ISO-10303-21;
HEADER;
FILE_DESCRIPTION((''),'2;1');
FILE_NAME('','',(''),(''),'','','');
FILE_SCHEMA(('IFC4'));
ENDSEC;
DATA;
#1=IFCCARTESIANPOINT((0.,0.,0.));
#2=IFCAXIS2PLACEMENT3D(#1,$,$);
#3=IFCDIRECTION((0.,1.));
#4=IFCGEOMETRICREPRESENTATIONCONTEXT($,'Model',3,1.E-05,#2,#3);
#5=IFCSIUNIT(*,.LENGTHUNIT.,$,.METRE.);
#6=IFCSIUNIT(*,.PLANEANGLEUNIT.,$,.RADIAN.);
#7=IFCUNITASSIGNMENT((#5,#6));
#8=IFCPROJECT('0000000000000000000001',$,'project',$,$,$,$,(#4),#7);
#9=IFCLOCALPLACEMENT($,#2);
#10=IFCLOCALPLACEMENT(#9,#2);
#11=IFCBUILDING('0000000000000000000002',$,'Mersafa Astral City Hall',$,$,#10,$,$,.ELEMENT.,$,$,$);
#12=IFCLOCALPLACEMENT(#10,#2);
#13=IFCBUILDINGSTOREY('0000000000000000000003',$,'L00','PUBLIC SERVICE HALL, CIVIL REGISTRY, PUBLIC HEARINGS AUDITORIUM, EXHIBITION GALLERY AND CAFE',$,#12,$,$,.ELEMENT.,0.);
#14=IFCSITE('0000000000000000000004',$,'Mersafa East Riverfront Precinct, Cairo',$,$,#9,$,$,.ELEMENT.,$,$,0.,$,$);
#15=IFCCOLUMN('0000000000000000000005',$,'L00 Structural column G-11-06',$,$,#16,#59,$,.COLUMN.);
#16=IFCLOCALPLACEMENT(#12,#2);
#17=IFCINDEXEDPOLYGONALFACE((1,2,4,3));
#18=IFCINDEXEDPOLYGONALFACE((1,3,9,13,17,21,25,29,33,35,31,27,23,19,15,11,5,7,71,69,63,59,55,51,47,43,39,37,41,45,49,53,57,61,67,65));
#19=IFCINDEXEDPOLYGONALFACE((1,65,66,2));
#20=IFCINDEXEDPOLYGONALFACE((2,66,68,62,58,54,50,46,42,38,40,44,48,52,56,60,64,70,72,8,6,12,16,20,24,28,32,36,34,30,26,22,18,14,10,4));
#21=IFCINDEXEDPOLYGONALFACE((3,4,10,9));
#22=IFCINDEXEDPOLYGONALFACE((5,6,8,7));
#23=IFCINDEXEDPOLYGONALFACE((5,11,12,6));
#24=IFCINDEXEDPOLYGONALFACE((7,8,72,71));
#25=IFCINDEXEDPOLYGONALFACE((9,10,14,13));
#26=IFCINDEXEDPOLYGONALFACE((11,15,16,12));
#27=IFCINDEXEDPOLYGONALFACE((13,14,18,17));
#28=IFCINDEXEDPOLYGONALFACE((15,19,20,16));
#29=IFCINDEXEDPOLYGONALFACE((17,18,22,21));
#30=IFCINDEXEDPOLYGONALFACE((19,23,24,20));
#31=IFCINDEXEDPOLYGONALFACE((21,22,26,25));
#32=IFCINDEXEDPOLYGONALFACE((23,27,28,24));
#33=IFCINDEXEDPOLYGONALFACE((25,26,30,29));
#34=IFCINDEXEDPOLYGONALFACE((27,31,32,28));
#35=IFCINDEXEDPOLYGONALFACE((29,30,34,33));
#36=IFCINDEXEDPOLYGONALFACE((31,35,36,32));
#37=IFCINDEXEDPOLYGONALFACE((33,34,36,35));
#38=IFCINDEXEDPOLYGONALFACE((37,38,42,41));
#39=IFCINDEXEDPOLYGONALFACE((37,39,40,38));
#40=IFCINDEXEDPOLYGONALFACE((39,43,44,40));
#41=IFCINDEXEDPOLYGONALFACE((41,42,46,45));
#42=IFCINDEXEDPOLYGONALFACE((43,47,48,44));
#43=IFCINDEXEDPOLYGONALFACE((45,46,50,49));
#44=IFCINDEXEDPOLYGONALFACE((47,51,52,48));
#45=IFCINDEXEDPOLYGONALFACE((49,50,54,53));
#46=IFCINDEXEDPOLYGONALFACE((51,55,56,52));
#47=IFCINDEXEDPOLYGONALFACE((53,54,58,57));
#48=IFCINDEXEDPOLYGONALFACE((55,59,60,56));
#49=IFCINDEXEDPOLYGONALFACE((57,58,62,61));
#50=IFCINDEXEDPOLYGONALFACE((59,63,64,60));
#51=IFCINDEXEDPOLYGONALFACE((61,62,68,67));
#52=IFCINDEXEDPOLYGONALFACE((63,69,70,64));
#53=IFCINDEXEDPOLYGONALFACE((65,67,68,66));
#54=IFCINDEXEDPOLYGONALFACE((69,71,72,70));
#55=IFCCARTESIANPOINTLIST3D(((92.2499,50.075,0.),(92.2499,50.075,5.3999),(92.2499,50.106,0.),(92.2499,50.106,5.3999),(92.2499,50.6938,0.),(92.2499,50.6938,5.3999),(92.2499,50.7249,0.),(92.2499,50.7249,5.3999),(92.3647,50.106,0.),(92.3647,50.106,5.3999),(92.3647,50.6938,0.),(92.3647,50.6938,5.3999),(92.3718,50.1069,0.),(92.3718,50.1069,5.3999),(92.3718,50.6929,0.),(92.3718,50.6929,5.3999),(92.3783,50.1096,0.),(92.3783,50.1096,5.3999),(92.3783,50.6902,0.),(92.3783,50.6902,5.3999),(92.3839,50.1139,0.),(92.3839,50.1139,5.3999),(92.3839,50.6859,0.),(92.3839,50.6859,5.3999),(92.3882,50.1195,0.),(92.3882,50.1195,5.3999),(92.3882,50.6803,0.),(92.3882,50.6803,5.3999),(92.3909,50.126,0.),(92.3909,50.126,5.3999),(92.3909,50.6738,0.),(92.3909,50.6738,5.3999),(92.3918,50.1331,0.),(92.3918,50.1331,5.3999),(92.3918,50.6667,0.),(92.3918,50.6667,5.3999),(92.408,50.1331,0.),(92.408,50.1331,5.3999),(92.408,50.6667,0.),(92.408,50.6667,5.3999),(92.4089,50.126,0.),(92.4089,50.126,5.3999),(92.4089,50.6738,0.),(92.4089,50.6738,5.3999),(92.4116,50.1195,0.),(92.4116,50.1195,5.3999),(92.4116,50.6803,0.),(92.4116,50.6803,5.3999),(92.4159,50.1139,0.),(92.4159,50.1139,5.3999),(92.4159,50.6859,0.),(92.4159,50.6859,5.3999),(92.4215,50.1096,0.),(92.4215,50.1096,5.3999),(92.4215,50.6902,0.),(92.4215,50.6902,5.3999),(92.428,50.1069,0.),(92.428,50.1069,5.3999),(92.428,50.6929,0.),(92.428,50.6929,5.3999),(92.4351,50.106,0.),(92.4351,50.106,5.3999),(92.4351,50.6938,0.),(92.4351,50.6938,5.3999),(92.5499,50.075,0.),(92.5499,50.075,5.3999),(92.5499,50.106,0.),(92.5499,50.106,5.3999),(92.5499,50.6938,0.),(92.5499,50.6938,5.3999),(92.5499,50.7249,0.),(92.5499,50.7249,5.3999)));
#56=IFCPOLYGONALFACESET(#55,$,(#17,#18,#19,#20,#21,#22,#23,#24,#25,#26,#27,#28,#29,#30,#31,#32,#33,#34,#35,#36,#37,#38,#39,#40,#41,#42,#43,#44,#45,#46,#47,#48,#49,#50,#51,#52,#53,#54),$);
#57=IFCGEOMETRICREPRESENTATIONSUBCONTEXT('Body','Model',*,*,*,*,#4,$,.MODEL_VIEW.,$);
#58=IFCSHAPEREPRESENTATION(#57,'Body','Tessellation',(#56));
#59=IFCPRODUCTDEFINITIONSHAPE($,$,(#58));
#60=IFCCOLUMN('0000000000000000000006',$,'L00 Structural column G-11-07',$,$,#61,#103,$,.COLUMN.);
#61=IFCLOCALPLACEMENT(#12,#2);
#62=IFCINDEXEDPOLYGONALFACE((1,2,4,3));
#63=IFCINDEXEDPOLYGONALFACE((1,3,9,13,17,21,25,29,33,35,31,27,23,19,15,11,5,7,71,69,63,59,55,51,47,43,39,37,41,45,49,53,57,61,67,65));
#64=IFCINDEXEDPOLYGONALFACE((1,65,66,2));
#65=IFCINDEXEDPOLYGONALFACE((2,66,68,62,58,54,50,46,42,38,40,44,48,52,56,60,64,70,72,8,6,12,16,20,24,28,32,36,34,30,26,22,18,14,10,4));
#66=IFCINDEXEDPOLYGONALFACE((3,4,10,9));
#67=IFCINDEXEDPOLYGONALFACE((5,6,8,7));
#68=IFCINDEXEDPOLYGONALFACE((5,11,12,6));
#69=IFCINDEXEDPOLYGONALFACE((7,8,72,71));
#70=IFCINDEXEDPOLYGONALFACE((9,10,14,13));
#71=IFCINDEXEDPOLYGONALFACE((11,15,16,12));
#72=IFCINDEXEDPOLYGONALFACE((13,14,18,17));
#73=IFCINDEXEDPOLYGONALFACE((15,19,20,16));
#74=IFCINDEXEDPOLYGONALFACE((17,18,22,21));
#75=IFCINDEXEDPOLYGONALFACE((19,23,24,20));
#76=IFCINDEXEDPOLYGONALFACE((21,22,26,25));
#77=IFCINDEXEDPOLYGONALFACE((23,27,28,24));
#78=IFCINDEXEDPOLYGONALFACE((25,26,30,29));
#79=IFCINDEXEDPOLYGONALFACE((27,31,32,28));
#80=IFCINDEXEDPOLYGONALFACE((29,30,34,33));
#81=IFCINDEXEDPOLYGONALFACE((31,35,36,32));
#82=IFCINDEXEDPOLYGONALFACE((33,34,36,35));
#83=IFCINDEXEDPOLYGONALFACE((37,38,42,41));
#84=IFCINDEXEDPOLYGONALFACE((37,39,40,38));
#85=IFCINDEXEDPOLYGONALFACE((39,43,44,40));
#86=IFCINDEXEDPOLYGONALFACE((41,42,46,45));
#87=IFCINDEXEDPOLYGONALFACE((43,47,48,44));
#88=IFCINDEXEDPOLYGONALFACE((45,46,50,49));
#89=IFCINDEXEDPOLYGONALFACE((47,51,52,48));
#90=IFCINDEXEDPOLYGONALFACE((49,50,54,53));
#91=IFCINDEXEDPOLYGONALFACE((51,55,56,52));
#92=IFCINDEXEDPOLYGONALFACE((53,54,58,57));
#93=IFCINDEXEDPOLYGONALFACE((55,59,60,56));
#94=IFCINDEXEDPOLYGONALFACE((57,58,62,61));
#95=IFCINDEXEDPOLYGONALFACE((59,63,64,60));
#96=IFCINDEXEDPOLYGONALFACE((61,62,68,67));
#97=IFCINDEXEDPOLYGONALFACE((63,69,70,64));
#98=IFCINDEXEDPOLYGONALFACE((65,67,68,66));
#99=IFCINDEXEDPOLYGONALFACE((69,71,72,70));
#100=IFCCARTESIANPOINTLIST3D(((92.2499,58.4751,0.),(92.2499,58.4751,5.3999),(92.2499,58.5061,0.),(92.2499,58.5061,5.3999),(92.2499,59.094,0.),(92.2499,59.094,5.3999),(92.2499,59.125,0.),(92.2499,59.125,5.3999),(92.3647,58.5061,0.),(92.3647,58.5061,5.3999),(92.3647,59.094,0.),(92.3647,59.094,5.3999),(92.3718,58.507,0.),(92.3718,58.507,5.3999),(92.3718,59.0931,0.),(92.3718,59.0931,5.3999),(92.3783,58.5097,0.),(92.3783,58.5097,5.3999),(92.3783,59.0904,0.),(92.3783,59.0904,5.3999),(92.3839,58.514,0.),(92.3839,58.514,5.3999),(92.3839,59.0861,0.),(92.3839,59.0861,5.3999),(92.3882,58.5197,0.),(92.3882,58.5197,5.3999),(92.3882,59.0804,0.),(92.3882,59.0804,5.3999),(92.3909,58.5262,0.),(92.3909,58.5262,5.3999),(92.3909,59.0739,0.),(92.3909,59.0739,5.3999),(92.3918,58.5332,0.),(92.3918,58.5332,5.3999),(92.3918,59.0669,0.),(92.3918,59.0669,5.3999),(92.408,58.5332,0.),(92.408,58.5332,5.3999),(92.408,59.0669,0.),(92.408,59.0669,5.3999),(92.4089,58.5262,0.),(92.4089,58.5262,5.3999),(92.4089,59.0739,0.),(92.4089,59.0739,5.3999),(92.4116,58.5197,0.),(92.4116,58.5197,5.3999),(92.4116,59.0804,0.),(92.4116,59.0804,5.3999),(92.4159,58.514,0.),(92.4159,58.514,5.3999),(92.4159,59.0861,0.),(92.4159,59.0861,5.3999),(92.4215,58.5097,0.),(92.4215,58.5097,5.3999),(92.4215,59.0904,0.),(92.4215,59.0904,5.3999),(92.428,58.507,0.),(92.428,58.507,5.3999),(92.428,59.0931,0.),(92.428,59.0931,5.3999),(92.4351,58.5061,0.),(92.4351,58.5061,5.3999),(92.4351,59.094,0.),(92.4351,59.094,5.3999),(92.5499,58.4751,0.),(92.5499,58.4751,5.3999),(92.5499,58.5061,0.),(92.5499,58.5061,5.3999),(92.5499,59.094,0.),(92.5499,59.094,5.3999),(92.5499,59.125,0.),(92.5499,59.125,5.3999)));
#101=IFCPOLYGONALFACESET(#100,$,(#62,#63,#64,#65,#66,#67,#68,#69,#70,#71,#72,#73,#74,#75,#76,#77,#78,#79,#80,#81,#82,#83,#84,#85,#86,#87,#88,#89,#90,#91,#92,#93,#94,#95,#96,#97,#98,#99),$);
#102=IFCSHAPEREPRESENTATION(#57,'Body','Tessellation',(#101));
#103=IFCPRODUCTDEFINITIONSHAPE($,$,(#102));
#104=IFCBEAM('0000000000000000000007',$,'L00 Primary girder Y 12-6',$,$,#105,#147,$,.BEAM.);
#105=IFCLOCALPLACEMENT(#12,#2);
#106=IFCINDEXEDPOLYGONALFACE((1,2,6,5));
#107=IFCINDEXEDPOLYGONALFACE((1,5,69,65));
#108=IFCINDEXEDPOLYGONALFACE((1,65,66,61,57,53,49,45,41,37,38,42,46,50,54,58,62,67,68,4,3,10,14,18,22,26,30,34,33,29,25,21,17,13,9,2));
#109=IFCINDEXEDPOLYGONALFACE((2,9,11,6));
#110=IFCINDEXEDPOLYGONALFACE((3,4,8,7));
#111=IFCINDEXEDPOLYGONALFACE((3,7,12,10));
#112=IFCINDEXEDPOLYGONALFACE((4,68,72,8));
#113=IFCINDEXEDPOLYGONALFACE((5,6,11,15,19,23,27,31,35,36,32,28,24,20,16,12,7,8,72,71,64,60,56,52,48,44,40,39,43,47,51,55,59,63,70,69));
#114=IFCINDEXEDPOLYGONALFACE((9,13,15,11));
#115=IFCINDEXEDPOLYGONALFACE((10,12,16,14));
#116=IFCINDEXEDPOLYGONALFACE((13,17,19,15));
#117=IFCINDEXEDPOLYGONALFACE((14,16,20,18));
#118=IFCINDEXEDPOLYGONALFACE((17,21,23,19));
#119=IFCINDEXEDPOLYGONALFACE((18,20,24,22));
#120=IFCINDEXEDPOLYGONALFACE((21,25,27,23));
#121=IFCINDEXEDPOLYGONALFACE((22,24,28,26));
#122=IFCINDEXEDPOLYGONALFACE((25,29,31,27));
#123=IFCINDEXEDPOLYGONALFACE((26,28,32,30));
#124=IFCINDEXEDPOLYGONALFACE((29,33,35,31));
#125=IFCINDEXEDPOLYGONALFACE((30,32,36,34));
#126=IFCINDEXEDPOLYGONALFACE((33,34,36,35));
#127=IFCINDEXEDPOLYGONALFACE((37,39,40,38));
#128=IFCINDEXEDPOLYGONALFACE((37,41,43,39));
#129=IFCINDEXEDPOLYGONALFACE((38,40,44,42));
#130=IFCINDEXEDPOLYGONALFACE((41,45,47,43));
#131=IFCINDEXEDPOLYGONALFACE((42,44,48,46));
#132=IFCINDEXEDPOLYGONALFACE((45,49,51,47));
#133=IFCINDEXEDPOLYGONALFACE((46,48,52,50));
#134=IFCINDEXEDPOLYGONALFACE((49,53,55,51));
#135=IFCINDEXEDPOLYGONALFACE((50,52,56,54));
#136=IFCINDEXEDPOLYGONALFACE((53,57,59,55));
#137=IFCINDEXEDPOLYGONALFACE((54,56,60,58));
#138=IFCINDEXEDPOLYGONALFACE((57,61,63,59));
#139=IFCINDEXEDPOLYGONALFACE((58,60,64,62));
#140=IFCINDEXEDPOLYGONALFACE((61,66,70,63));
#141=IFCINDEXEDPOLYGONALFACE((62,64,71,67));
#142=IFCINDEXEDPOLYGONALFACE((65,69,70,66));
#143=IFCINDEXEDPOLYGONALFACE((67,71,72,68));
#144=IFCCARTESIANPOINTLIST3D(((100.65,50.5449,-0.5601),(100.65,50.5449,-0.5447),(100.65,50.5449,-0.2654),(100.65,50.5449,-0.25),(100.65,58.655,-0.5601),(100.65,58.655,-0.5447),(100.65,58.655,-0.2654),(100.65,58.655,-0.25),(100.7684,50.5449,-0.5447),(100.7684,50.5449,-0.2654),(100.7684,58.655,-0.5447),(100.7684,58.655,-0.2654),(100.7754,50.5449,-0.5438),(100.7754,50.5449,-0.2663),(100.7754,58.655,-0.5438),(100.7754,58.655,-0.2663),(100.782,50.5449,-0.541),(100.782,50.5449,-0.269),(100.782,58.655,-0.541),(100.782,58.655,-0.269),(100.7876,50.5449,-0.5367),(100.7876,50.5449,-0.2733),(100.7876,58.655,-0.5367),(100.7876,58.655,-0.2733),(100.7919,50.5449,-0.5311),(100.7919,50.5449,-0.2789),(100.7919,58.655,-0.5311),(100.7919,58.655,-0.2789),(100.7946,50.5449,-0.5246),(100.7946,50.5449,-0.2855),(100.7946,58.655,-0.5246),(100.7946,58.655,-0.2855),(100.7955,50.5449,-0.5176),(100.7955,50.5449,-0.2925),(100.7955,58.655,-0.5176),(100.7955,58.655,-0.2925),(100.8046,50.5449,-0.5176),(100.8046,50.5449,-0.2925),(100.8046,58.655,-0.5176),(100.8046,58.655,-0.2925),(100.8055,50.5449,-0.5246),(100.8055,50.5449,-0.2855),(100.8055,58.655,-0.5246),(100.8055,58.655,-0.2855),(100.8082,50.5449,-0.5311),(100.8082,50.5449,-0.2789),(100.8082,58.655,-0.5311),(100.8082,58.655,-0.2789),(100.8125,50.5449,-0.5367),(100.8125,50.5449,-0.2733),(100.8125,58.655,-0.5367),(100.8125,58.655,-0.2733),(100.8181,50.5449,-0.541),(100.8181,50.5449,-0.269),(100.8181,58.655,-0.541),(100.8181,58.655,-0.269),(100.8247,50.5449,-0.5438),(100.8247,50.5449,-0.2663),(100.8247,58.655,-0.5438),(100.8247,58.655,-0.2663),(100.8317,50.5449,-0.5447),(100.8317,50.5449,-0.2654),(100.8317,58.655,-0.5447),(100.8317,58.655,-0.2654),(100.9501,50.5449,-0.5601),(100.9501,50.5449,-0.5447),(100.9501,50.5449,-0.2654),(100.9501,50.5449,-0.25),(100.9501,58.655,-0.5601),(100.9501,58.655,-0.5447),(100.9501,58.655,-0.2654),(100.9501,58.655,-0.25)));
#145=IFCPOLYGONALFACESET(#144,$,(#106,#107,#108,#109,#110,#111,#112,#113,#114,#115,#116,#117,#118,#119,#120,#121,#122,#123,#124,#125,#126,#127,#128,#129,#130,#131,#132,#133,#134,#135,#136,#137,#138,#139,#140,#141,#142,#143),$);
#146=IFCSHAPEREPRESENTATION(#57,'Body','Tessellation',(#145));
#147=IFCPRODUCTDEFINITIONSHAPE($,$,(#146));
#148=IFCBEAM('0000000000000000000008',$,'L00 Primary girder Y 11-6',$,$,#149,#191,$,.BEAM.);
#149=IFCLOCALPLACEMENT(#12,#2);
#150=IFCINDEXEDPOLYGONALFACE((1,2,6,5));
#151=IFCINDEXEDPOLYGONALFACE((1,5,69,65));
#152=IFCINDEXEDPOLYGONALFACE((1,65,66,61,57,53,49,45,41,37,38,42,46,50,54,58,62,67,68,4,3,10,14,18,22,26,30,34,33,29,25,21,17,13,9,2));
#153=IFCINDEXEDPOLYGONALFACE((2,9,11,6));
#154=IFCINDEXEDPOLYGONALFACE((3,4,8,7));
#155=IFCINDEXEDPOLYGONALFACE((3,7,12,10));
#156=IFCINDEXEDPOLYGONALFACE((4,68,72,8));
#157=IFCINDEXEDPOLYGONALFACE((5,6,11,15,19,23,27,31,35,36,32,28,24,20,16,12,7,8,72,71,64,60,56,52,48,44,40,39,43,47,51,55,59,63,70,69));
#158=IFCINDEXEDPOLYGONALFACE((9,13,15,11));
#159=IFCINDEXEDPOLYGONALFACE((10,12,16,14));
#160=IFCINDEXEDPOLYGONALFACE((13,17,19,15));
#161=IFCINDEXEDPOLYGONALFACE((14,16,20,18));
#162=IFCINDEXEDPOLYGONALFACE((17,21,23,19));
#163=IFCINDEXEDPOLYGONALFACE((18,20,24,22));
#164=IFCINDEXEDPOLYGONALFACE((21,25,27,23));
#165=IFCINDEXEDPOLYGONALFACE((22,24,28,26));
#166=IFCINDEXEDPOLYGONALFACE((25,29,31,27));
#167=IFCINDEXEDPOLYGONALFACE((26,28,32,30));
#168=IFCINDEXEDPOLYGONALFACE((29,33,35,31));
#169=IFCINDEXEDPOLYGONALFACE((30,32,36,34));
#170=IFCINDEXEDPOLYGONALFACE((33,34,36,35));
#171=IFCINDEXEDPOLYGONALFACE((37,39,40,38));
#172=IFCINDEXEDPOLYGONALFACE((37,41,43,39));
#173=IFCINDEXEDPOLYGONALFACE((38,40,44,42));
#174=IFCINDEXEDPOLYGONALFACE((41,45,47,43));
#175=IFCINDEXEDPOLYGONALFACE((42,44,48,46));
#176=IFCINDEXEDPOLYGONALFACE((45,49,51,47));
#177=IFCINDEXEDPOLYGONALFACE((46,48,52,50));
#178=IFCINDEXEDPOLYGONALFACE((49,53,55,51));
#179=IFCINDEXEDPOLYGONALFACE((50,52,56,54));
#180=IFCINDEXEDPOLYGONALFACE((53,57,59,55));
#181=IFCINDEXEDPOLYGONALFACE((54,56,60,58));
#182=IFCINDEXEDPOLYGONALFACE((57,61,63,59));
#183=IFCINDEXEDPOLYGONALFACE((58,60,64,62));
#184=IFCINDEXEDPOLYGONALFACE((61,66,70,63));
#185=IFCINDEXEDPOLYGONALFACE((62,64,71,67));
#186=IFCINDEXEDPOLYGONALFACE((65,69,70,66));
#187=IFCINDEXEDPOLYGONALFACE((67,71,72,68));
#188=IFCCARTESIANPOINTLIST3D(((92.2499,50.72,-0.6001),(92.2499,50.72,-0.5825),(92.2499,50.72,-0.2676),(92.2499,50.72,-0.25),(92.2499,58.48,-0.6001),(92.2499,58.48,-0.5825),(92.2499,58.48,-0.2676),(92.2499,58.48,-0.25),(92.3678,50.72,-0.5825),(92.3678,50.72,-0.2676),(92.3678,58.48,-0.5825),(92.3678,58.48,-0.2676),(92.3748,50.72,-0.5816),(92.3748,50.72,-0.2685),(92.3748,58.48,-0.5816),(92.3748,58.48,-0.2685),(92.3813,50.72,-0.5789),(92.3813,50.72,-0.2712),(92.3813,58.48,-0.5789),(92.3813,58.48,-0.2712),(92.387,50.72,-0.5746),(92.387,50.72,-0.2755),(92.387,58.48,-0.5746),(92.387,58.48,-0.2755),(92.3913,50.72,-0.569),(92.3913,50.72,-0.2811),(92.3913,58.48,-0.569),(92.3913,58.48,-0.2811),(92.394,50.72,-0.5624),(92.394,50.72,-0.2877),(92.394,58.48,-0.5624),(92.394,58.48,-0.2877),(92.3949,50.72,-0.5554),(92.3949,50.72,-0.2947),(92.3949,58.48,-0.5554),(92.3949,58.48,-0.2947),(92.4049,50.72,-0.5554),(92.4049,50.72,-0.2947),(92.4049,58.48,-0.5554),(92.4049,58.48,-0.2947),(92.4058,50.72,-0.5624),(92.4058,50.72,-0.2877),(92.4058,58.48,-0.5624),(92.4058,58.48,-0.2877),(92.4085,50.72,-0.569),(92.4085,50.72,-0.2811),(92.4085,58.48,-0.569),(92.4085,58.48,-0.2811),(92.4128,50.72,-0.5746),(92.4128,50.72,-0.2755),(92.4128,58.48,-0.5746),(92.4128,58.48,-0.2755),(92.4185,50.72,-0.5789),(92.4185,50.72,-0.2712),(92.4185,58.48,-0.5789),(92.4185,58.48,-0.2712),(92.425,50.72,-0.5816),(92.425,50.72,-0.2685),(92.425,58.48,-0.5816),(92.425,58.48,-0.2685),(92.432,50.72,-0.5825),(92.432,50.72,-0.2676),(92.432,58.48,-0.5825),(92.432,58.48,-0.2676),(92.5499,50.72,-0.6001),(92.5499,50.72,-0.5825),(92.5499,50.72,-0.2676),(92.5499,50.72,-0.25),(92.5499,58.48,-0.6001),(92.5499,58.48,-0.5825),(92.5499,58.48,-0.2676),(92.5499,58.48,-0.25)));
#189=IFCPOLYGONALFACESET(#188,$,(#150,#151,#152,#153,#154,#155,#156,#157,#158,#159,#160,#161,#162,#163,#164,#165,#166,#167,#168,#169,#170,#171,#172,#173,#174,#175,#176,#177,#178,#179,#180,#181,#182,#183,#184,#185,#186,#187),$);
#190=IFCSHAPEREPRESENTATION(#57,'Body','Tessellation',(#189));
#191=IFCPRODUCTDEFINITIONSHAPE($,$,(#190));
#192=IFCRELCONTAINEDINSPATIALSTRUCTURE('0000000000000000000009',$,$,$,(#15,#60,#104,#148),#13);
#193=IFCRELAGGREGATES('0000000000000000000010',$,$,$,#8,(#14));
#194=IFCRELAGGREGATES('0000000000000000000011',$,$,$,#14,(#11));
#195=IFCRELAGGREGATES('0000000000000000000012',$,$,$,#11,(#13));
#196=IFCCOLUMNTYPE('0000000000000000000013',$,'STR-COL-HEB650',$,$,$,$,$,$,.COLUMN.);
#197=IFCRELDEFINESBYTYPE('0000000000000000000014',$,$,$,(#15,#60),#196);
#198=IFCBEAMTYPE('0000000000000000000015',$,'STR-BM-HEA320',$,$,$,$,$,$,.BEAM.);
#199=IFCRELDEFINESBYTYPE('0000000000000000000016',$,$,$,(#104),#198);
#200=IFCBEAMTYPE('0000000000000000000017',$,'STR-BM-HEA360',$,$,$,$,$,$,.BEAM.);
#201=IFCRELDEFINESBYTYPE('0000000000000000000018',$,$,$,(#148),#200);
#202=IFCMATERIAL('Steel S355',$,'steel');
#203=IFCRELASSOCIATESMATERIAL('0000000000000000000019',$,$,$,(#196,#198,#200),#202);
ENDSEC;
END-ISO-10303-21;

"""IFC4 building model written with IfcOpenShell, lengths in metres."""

from ifc_helpers import new_model, si_unit, direction, frame, origin, origin_2d, place, context, subcontext, project, spatial, i_section, extrude, material, material_profile, profile_set, type_object, element, save


model = new_model("IFC4")

# Units and contexts
model_context = context("Model", 3, precision=1e-05, world=origin(), true_north=direction((0.0, 1.0)))
body_context = subcontext(model_context, "Body", "Model", "MODEL_VIEW")
ifc_project = project(units=[si_unit("LENGTHUNIT", "METRE"), si_unit("PLANEANGLEUNIT", "RADIAN")], contexts=[model_context])

# Site, building, storey
site_placement = place(None, origin())
site = spatial("IfcSite", under=ifc_project, at=site_placement, Name="Mersafa East Riverfront Precinct, Cairo", CompositionType="ELEMENT", RefElevation=0.0)
building_placement = place(site_placement, origin())
building = spatial("IfcBuilding", under=site, at=building_placement, Name="Mersafa Astral City Hall", CompositionType="ELEMENT")
storey_placement = place(building_placement, origin())
storey = spatial("IfcBuildingStorey", under=building, at=storey_placement, Name="L00", Description="PUBLIC SERVICE HALL, CIVIL REGISTRY, PUBLIC HEARINGS AUDITORIUM, EXHIBITION GALLERY AND CAFE", CompositionType="ELEMENT", Elevation=0.0)

# Columns
ifc_material_1 = material(Name="Steel S355", Category="steel")
ifc_material_profile_1 = material_profile(ifc_material_1, i_section(OverallWidth=0.3, OverallDepth=0.6499, WebThickness=0.0161, FlangeThickness=0.031, FilletRadius=0.0271, at=origin_2d()), Name="HEB 650")
ifc_profile_set_1 = profile_set([ifc_material_profile_1], Name="Steel S355")
column_type = type_object("IfcColumnType", Name="STR-COL-HEB650", PredefinedType="COLUMN", material=ifc_profile_set_1)
for number, where, z_axis, x_axis, name in (
    (1, (92.3999, 50.3999, 0.0), (0.0, 0.0, 1.0), (1.0, 0.0, 0.0), "L00 Structural column G-11-06"),
    (2, (92.3999, 58.8, 0.0), (0.0, 0.0, 1.0), (1.0, 0.0, 0.0), "L00 Structural column G-11-07"),
):
    element("IfcColumn", number, at=place(storey_placement, frame(where, z_axis=z_axis, x_axis=x_axis)), inside=storey, type_object=column_type, Name=name, PredefinedType="COLUMN", context=body_context, shape_type="SweptSolid", body=[
        extrude(i_section(OverallWidth=0.3, OverallDepth=0.6499, WebThickness=0.0161, FlangeThickness=0.031, FilletRadius=0.0271, at=origin_2d()), origin(), (0.0, 0.0, 1.0), 5.3999),
    ])

# Beams
ifc_material_profile_2 = material_profile(ifc_material_1, i_section(OverallWidth=0.3, OverallDepth=0.3101, WebThickness=0.009, FlangeThickness=0.0154, FilletRadius=0.0271, at=origin_2d()), Name="HEA 320")
ifc_profile_set_2 = profile_set([ifc_material_profile_2], Name="Steel S355")
beam_type_1 = type_object("IfcBeamType", Name="STR-BM-HEA320", PredefinedType="BEAM", material=ifc_profile_set_2)
beam_1_placement = place(storey_placement, frame((100.8, 50.5449, -0.405), z_axis=(0.0, 1.0, 0.0), x_axis=(-1.0, 0.0, 0.0)))
element("IfcBeam", 3, at=beam_1_placement, inside=storey, type_object=beam_type_1, Name="L00 Primary girder Y 12-6", PredefinedType="BEAM", context=body_context, shape_type="SweptSolid", body=[
    extrude(i_section(OverallWidth=0.3, OverallDepth=0.3101, WebThickness=0.009, FlangeThickness=0.0154, FilletRadius=0.0271, at=origin_2d()), origin(), (0.0, 0.0, 1.0), 8.1101),
])
ifc_material_profile_3 = material_profile(ifc_material_1, i_section(OverallWidth=0.3, OverallDepth=0.3501, WebThickness=0.01, FlangeThickness=0.0176, FilletRadius=0.0271, at=origin_2d()), Name="HEA 360")
ifc_profile_set_3 = profile_set([ifc_material_profile_3], Name="Steel S355")
beam_type_2 = type_object("IfcBeamType", Name="STR-BM-HEA360", PredefinedType="BEAM", material=ifc_profile_set_3)
beam_2_placement = place(storey_placement, frame((92.3999, 50.72, -0.425), z_axis=(0.0, 1.0, 0.0), x_axis=(-1.0, 0.0, 0.0)))
element("IfcBeam", 4, at=beam_2_placement, inside=storey, type_object=beam_type_2, Name="L00 Primary girder Y 11-6", PredefinedType="BEAM", context=body_context, shape_type="SweptSolid", body=[
    extrude(i_section(OverallWidth=0.3, OverallDepth=0.3501, WebThickness=0.01, FlangeThickness=0.0176, FilletRadius=0.0271, at=origin_2d()), origin(), (0.0, 0.0, 1.0), 7.76),
])

save(model, "model.ifc")
